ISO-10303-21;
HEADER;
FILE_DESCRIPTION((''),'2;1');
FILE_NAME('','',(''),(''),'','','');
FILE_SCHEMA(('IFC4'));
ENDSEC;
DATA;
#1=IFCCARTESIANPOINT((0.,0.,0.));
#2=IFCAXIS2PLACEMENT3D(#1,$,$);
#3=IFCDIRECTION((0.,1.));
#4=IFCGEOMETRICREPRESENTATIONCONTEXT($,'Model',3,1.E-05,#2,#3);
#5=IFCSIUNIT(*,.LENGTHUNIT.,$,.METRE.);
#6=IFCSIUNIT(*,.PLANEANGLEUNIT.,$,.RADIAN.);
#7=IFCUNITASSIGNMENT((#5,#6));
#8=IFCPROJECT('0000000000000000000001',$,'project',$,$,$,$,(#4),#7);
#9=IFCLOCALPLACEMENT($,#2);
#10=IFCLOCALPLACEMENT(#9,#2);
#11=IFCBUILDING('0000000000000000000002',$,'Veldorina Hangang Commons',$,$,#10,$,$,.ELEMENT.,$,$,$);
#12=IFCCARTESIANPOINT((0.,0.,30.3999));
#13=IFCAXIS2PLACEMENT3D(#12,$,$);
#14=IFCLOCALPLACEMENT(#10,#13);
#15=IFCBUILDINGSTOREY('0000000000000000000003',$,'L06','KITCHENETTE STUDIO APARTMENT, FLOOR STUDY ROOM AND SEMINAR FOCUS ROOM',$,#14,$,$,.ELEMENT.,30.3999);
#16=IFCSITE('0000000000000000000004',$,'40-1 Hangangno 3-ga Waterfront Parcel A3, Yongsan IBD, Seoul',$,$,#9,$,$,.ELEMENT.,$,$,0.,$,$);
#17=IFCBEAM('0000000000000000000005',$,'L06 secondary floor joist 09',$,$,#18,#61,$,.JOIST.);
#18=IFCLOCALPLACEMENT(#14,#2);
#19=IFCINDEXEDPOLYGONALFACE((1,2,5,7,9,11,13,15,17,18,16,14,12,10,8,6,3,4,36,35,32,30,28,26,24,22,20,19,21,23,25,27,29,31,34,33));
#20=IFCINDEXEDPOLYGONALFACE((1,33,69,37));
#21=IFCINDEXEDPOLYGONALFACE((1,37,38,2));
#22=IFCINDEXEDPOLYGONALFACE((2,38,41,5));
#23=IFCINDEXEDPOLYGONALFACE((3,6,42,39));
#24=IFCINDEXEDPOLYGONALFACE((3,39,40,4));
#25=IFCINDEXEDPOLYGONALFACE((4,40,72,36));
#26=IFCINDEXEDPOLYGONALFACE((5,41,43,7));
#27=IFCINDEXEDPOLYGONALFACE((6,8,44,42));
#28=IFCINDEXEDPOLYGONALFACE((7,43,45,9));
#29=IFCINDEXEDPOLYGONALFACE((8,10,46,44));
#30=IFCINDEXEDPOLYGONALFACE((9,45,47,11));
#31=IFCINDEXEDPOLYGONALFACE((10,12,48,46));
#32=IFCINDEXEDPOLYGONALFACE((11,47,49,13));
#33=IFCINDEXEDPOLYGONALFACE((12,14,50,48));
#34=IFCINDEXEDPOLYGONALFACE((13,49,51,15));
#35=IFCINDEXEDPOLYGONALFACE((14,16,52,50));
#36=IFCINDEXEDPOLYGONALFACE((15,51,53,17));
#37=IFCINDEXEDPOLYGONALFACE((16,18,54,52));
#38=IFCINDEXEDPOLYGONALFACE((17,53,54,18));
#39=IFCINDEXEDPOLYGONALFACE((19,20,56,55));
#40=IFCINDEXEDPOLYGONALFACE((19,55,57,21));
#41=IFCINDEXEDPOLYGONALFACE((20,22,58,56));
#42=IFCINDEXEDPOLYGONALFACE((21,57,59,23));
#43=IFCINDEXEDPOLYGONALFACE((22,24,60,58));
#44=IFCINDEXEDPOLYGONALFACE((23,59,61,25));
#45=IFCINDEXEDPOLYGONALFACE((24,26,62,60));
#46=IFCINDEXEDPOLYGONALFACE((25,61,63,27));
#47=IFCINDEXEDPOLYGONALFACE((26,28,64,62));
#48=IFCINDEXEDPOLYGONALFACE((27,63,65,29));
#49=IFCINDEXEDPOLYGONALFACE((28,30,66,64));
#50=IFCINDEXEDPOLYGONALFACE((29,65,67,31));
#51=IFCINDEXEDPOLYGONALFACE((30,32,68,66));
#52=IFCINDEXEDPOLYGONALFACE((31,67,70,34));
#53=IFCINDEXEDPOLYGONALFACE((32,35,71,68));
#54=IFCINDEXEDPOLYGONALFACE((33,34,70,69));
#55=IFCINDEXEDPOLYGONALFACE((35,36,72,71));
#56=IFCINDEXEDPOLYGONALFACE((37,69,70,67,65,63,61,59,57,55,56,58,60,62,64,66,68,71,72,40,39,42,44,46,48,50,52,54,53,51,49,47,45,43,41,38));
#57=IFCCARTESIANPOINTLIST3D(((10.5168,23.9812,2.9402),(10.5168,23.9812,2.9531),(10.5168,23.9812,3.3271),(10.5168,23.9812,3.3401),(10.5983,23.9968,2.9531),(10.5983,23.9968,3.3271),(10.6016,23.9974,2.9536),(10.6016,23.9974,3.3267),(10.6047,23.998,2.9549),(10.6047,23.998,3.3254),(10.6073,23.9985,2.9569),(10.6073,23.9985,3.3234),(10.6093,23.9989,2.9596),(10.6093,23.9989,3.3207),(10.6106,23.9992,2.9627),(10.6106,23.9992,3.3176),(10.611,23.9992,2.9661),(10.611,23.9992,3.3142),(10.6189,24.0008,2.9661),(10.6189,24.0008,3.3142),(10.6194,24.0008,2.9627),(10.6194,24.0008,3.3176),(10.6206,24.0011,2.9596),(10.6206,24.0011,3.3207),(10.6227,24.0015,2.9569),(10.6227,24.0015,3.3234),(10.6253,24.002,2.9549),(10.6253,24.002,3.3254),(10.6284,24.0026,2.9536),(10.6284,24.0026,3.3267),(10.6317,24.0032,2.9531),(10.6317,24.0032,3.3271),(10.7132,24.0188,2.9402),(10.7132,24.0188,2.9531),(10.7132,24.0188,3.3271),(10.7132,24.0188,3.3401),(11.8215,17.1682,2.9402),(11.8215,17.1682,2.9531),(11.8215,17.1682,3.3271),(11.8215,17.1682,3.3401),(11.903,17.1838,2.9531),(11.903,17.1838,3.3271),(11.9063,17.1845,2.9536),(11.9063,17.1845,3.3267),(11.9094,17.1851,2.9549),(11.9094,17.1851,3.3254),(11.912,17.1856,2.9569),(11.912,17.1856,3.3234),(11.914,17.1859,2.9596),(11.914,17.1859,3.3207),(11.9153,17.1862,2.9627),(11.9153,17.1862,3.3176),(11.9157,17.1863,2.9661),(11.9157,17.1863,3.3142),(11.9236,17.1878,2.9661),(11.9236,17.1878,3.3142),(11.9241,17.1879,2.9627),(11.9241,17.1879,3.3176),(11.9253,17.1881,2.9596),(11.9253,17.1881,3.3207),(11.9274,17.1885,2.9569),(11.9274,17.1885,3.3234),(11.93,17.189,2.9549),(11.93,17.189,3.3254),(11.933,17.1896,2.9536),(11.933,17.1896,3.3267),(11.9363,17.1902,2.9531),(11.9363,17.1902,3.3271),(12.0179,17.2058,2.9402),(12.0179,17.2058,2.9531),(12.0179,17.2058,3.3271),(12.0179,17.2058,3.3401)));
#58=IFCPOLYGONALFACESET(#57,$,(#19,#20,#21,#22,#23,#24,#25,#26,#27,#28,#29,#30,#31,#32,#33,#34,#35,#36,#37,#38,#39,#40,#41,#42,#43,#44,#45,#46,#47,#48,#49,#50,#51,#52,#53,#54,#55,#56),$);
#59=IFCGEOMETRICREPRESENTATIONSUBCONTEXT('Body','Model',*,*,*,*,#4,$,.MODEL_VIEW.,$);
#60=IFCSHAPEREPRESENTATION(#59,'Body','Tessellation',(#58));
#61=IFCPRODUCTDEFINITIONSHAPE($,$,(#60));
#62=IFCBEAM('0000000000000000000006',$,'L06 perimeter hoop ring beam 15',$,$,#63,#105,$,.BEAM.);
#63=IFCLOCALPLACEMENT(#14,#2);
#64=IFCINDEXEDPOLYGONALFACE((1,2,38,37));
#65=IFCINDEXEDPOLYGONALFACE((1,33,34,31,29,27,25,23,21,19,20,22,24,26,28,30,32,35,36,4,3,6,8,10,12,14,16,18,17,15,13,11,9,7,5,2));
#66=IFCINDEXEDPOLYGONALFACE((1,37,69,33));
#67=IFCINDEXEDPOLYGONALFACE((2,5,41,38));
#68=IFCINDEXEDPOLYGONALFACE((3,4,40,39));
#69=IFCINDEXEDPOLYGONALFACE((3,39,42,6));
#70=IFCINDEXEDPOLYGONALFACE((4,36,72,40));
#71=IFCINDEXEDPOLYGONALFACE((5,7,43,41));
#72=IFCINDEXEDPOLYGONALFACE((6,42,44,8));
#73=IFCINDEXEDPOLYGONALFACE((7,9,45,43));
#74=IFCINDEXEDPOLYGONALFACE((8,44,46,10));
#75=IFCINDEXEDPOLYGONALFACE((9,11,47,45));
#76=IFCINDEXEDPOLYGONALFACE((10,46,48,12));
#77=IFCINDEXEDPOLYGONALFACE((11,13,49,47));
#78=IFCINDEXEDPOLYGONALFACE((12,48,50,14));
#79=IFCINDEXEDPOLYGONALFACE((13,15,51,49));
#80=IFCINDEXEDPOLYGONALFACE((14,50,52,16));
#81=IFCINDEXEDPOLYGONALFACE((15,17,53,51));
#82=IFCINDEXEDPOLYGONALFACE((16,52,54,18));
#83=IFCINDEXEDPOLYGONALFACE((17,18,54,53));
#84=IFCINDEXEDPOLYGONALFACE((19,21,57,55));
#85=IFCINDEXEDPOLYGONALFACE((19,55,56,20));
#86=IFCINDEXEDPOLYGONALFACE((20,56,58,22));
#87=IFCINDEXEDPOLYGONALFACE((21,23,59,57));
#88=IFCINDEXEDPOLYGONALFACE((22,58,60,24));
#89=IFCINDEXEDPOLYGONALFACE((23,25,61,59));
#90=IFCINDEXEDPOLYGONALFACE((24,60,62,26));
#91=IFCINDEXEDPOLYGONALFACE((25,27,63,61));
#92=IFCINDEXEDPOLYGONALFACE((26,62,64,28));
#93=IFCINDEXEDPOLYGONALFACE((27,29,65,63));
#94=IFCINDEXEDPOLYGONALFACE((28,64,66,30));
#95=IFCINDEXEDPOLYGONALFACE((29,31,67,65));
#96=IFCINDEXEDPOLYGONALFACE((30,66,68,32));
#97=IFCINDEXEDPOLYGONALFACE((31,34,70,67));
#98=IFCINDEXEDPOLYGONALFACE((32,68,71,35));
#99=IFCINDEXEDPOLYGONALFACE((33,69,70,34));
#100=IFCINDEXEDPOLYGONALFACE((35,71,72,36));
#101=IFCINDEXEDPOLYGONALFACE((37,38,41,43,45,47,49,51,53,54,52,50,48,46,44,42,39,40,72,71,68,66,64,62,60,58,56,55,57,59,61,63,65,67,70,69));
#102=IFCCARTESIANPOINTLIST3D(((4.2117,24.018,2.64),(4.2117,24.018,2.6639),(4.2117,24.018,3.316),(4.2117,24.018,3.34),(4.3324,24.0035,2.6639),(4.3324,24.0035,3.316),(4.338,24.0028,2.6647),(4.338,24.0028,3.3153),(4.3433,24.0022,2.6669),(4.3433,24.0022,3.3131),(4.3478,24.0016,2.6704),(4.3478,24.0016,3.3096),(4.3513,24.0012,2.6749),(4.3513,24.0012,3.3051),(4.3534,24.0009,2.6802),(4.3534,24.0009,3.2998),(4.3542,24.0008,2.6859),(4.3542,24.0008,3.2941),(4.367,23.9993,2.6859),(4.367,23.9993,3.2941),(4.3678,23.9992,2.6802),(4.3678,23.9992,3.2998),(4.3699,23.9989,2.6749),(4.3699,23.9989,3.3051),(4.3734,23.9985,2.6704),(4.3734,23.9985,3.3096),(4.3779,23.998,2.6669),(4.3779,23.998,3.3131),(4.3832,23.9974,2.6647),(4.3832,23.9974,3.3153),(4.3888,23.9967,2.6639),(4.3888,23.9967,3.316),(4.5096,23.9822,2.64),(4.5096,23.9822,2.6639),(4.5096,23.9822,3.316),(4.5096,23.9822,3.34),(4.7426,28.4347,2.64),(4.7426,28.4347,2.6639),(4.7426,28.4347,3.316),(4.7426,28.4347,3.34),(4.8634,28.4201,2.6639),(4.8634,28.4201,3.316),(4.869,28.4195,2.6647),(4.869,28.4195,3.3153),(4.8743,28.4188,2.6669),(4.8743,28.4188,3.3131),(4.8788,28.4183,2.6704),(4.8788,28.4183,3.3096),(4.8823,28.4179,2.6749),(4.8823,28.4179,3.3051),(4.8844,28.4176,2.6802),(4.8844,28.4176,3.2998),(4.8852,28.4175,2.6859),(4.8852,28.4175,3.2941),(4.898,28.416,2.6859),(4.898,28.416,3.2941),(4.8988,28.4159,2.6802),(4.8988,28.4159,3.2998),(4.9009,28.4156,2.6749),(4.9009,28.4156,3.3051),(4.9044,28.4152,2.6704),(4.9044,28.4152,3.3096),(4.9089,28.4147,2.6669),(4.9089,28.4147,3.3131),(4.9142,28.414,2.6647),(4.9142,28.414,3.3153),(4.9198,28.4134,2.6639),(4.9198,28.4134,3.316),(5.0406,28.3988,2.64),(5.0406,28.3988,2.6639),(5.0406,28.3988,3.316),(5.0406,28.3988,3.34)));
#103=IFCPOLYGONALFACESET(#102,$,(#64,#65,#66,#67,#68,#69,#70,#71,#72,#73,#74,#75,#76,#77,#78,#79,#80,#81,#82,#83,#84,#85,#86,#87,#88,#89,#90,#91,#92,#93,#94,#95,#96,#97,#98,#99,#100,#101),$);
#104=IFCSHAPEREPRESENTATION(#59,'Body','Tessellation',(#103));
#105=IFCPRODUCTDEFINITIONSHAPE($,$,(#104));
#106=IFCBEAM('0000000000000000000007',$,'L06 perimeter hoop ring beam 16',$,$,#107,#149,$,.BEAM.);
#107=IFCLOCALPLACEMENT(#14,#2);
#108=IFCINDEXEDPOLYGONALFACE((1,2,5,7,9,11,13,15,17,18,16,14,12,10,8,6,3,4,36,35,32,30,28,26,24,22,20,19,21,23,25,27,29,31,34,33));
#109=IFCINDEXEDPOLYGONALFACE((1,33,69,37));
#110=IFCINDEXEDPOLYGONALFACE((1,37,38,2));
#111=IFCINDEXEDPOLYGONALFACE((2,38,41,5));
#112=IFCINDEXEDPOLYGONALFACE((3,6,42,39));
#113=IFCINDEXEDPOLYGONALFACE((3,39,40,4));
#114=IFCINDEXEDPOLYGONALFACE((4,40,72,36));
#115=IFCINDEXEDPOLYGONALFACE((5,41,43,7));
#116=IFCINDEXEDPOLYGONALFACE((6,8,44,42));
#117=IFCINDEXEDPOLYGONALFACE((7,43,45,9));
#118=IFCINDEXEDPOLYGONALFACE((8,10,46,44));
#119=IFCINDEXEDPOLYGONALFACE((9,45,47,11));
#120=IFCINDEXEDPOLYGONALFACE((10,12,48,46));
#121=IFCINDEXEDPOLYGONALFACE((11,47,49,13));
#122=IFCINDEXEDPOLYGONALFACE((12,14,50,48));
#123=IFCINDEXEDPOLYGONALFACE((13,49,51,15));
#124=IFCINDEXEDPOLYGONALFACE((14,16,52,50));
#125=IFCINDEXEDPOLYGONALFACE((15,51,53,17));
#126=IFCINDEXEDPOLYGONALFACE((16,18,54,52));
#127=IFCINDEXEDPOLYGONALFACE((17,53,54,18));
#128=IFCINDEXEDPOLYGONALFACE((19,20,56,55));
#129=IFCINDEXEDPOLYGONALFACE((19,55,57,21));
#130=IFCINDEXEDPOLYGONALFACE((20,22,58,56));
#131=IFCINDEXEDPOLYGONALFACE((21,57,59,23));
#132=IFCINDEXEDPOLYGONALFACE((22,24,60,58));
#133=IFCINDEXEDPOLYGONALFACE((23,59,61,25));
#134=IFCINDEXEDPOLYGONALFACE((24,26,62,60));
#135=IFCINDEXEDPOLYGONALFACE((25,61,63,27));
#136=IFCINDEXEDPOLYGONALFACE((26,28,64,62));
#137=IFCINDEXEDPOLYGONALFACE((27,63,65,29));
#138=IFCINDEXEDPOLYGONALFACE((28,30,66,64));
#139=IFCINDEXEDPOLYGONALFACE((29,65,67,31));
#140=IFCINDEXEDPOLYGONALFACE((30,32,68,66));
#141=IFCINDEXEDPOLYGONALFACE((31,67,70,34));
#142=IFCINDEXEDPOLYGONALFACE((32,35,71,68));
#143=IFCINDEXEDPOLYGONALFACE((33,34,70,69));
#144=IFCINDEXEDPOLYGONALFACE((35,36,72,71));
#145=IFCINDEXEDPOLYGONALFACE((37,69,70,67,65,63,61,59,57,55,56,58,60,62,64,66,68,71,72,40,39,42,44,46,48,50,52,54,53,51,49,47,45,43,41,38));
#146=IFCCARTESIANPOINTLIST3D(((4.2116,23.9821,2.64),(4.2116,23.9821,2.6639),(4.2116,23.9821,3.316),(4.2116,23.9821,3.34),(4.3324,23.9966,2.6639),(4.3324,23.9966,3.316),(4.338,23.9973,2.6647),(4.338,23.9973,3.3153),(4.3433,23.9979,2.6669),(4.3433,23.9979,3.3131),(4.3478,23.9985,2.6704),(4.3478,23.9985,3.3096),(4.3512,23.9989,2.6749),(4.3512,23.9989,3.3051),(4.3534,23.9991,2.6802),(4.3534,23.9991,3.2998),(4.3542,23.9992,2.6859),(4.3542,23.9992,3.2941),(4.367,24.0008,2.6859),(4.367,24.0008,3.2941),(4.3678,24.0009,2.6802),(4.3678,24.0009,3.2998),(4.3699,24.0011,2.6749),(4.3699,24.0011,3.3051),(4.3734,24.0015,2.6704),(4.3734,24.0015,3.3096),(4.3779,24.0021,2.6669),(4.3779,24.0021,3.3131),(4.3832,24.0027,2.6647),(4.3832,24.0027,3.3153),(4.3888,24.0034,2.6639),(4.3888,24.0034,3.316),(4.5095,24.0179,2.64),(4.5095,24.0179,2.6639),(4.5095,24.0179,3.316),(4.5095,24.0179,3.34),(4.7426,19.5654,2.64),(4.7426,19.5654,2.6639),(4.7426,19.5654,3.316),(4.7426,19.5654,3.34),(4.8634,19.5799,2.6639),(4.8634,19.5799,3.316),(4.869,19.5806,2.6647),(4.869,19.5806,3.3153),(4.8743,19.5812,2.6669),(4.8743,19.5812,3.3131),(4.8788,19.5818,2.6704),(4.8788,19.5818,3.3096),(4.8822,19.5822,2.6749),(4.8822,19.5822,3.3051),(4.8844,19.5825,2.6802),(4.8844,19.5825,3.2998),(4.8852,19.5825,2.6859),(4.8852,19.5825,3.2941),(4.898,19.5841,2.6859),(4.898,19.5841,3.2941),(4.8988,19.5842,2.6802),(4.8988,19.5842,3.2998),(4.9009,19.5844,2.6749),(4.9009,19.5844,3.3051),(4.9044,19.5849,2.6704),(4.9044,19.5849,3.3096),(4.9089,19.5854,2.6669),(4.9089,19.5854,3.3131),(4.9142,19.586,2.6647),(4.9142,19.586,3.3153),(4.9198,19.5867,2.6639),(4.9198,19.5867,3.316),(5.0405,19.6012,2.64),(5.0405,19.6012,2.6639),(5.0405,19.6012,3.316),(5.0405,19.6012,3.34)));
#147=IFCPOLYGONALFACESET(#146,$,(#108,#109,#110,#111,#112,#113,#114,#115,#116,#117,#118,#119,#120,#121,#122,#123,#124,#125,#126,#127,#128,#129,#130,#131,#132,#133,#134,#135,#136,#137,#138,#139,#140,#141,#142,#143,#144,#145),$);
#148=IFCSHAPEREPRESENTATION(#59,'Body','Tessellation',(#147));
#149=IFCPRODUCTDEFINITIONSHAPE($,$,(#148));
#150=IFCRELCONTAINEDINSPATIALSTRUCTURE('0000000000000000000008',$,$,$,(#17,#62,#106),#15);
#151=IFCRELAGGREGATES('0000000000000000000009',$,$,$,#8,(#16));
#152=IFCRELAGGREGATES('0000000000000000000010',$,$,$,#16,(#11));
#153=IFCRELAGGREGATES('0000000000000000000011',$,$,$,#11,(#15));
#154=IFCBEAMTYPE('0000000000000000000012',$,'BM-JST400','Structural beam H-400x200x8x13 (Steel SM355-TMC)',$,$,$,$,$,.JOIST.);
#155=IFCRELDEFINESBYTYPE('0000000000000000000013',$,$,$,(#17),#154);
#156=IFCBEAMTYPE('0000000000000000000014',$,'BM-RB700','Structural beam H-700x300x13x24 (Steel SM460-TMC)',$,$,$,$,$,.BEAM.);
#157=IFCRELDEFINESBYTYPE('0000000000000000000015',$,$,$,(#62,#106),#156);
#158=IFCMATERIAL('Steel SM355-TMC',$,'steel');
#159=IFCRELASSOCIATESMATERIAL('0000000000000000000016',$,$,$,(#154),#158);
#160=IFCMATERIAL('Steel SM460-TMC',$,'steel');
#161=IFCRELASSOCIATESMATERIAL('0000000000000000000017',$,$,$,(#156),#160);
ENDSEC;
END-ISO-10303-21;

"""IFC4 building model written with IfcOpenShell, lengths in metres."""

from ifc_helpers import new_model, si_unit, direction, frame, origin, origin_2d, place, context, subcontext, project, spatial, i_section, extrude, material, material_profile, profile_set, type_object, element, save


model = new_model("IFC4")

# Units and contexts
model_context = context("Model", 3, precision=1e-05, world=origin(), true_north=direction((0.0, 1.0)))
body_context = subcontext(model_context, "Body", "Model", "MODEL_VIEW")
ifc_project = project(units=[si_unit("LENGTHUNIT", "METRE"), si_unit("PLANEANGLEUNIT", "RADIAN")], contexts=[model_context])

# Site, building, storey
site_placement = place(None, origin())
site = spatial("IfcSite", under=ifc_project, at=site_placement, Name="40-1 Hangangno 3-ga Waterfront Parcel A3, Yongsan IBD, Seoul", CompositionType="ELEMENT", RefElevation=0.0)
building_placement = place(site_placement, origin())
building = spatial("IfcBuilding", under=site, at=building_placement, Name="Veldorina Hangang Commons", CompositionType="ELEMENT")
storey_placement = place(building_placement, frame((0.0, 0.0, 30.3999)))
storey = spatial("IfcBuildingStorey", under=building, at=storey_placement, Name="L06", Description="KITCHENETTE STUDIO APARTMENT, FLOOR STUDY ROOM AND SEMINAR FOCUS ROOM", CompositionType="ELEMENT", Elevation=30.3999)

# Beams
ifc_material_1 = material(Name="Steel SM355-TMC", Category="steel")
ifc_material_profile_1 = material_profile(ifc_material_1, i_section(OverallWidth=0.2, OverallDepth=0.3999, WebThickness=0.0081, FlangeThickness=0.0129, FilletRadius=0.0129, at=origin_2d()), Name="H-400x200x8x13")
ifc_profile_set_1 = profile_set([ifc_material_profile_1], Name="Steel SM355-TMC")
beam_type_1 = type_object("IfcBeamType", Name="BM-JST400", Description="Structural beam H-400x200x8x13 (Steel SM355-TMC)", PredefinedType="JOIST", material=ifc_profile_set_1)
beam_placement = place(storey_placement, frame((10.615, 24.0, 3.1401), z_axis=(0.188082, -0.982153, 0.0), x_axis=(0.982153, 0.188082, 0.0)))
element("IfcBeam", 1, at=beam_placement, inside=storey, type_object=beam_type_1, Name="L06 secondary floor joist 09", PredefinedType="JOIST", context=body_context, shape_type="SweptSolid", body=[
    extrude(i_section(OverallWidth=0.2, OverallDepth=0.3999, WebThickness=0.0081, FlangeThickness=0.0129, FilletRadius=0.0129, at=origin_2d()), origin(), (0.0, 0.0, 1.0), 6.9368),
])
ifc_material_2 = material(Name="Steel SM460-TMC", Category="steel")
ifc_material_profile_2 = material_profile(ifc_material_2, i_section(OverallWidth=0.3, OverallDepth=0.7, WebThickness=0.0129, FlangeThickness=0.0239, FilletRadius=0.022, at=origin_2d()), Name="H-700x300x13x24")
ifc_profile_set_2 = profile_set([ifc_material_profile_2], Name="Steel SM460-TMC")
beam_type_2 = type_object("IfcBeamType", Name="BM-RB700", Description="Structural beam H-700x300x13x24 (Steel SM460-TMC)", PredefinedType="BEAM", material=ifc_profile_set_2)
for number, where, z_axis, x_axis, name in (
    (2, (4.8916, 28.4167, 2.99), (-0.119366, -0.99285, 0.0), (0.99285, -0.119366, 0.0), "L06 perimeter hoop ring beam 15"),
    (3, (4.3606, 24.0, 2.99), (0.119366, -0.99285, 0.0), (0.99285, 0.119366, 0.0), "L06 perimeter hoop ring beam 16"),
):
    element("IfcBeam", number, at=place(storey_placement, frame(where, z_axis=z_axis, x_axis=x_axis)), inside=storey, type_object=beam_type_2, Name=name, PredefinedType="BEAM", context=body_context, shape_type="SweptSolid", body=[
        extrude(i_section(OverallWidth=0.3, OverallDepth=0.7, WebThickness=0.0129, FlangeThickness=0.0239, FilletRadius=0.022, at=origin_2d()), origin(), (0.0, 0.0, 1.0), 4.4485),
    ])

save(model, "model.ifc")
